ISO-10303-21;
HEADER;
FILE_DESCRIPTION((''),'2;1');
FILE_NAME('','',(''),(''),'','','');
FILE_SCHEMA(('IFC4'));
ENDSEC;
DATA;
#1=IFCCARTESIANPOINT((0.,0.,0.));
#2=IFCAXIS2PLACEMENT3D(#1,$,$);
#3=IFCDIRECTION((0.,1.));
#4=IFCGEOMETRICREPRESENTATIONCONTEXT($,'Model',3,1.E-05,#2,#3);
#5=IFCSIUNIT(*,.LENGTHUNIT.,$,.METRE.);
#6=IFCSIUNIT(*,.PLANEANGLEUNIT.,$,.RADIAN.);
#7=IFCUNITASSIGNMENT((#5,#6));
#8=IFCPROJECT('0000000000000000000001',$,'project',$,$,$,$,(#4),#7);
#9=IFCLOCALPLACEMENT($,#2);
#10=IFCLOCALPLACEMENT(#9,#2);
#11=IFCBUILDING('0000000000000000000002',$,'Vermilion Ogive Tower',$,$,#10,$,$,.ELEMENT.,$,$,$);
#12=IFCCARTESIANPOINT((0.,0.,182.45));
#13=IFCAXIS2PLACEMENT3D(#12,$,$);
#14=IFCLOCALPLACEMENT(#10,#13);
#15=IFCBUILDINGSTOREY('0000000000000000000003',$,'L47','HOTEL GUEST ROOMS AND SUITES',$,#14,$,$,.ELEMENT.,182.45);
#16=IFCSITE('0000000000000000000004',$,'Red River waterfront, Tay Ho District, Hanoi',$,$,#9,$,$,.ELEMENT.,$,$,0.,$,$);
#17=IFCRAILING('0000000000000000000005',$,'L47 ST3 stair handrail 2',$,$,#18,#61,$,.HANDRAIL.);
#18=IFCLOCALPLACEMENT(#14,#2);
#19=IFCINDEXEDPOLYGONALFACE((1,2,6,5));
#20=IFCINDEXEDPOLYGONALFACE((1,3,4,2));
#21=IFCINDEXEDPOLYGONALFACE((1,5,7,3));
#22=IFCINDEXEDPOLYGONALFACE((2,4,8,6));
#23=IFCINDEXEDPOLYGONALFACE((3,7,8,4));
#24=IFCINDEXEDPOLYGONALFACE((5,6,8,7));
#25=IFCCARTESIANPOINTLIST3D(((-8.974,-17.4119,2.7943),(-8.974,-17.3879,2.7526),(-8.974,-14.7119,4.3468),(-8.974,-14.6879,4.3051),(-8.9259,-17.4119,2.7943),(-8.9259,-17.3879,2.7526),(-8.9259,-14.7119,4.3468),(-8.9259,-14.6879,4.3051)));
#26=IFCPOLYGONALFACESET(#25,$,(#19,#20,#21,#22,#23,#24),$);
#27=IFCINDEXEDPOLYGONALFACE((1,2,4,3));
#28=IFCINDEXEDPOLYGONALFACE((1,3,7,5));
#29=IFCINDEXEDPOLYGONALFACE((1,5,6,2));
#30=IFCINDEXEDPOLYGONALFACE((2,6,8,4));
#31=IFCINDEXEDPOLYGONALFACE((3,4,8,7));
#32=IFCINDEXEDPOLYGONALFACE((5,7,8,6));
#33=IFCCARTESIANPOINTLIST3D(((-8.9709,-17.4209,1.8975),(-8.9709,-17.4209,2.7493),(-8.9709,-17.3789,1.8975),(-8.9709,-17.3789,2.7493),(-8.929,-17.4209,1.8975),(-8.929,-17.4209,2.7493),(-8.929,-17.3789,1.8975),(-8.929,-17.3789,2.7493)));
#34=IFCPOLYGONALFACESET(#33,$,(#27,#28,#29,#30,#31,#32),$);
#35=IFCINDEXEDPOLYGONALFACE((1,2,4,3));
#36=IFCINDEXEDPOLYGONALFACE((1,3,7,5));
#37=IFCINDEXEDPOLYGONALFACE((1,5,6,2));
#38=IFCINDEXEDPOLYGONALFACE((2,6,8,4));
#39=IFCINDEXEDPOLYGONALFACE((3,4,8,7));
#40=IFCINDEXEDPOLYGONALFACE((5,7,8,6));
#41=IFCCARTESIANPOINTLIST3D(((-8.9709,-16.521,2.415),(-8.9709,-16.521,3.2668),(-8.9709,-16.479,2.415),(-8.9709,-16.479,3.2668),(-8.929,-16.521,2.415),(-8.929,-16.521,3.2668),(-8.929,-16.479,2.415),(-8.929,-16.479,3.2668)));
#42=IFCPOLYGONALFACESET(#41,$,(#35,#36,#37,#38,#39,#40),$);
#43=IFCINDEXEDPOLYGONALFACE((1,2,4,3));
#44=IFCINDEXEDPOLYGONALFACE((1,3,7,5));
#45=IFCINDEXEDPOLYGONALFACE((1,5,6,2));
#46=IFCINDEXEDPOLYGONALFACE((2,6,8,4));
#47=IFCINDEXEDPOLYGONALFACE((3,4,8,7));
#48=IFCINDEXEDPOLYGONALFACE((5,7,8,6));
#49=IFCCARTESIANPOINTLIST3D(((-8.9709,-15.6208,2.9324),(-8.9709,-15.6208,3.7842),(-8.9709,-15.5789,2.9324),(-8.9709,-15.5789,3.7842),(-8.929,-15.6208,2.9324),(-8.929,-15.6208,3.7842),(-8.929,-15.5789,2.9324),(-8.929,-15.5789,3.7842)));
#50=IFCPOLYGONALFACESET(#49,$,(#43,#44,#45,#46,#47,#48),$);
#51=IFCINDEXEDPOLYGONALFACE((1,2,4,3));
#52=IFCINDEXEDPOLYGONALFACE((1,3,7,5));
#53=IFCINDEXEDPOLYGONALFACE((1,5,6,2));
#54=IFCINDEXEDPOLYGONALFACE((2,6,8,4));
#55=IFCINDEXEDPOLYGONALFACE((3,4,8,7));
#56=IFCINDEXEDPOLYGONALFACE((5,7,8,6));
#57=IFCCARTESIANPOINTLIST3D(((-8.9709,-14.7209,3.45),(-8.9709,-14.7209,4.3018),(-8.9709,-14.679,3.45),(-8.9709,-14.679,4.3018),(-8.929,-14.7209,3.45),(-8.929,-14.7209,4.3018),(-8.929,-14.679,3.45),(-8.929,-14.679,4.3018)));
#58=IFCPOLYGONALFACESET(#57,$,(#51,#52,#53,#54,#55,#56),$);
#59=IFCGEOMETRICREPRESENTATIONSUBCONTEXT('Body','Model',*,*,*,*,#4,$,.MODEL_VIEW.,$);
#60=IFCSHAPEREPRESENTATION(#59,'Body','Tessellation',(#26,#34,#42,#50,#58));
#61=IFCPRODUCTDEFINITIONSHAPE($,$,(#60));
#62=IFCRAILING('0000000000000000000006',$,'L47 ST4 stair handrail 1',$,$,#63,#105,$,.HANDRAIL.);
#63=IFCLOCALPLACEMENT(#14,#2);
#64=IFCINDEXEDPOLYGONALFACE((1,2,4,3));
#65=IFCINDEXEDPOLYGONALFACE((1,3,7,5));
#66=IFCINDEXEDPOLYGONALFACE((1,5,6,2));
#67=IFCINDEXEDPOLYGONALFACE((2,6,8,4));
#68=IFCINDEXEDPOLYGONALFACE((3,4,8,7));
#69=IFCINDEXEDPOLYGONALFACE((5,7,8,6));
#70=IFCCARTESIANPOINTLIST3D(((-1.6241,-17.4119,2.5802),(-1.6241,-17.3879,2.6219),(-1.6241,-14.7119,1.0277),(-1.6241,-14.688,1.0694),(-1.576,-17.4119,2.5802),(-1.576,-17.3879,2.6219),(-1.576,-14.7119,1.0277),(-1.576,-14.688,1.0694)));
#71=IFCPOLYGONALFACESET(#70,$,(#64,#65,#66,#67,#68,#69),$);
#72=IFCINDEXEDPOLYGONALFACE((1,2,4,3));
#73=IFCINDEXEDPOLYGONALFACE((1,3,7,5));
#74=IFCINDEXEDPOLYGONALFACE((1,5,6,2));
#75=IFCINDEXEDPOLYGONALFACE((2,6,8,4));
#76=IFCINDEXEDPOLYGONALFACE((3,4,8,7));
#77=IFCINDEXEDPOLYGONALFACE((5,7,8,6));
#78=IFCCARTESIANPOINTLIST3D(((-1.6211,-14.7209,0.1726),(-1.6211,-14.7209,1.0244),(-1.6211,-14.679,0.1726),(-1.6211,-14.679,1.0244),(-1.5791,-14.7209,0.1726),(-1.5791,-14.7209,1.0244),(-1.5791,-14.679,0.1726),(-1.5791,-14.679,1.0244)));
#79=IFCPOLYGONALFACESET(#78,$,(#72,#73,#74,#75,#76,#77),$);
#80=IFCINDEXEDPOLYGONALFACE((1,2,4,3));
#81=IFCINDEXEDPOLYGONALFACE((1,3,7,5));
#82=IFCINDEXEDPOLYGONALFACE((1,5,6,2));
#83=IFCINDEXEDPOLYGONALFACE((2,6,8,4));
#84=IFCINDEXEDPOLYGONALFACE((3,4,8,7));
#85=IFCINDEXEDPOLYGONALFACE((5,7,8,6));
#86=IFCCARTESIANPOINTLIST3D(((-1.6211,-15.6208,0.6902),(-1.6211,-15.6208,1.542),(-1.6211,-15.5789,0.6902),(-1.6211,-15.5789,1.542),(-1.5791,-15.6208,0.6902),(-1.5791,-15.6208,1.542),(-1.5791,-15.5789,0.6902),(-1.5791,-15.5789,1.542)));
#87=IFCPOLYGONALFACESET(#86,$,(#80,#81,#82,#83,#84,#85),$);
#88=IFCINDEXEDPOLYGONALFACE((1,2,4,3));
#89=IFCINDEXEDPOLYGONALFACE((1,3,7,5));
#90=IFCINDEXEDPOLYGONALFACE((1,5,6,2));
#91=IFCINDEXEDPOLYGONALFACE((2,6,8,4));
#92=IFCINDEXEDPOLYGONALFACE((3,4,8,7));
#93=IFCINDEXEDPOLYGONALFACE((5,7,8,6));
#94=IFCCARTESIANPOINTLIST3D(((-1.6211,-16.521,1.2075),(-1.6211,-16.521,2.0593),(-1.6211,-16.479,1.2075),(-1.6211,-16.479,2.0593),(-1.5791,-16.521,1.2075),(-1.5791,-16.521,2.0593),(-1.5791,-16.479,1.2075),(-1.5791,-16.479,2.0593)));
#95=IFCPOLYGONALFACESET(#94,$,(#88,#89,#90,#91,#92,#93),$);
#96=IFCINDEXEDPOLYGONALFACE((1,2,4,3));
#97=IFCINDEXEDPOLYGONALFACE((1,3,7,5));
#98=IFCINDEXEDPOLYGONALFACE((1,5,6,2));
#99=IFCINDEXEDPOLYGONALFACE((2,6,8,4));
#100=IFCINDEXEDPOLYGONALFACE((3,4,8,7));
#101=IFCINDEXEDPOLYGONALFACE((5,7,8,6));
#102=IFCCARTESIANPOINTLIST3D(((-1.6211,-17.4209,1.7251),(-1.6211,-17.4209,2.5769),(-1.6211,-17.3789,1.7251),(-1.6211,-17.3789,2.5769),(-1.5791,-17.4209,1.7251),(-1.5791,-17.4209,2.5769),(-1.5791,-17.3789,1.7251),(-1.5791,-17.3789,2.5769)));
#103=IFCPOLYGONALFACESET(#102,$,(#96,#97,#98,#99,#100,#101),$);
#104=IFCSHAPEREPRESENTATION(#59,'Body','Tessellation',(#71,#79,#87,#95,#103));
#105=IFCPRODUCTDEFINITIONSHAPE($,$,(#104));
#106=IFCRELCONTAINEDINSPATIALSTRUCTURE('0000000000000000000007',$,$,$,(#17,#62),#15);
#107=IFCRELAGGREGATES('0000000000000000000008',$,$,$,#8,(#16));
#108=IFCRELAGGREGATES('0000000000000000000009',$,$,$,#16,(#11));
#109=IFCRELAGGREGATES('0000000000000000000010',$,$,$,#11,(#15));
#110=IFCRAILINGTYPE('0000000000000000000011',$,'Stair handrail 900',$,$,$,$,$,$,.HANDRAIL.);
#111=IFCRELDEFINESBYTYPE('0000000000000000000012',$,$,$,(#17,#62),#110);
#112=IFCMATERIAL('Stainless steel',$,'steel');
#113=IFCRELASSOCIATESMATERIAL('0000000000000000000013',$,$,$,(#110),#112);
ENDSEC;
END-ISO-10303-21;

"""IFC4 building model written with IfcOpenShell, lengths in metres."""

from ifc_helpers import new_model, si_unit, direction, frame, origin, origin_2d, place, context, subcontext, project, spatial, rectangle, extrude, material, type_object, element, save


model = new_model("IFC4")

# Units and contexts
model_context = context("Model", 3, precision=1e-05, world=origin(), true_north=direction((0.0, 1.0)))
body_context = subcontext(model_context, "Body", "Model", "MODEL_VIEW")
ifc_project = project(units=[si_unit("LENGTHUNIT", "METRE"), si_unit("PLANEANGLEUNIT", "RADIAN")], contexts=[model_context])

# Site, building, storey
site_placement = place(None, origin())
site = spatial("IfcSite", under=ifc_project, at=site_placement, Name="Red River waterfront, Tay Ho District, Hanoi", CompositionType="ELEMENT", RefElevation=0.0)
building_placement = place(site_placement, origin())
building = spatial("IfcBuilding", under=site, at=building_placement, Name="Vermilion Ogive Tower", CompositionType="ELEMENT")
storey_placement = place(building_placement, frame((0.0, 0.0, 182.45)))
storey = spatial("IfcBuildingStorey", under=building, at=storey_placement, Name="L47", Description="HOTEL GUEST ROOMS AND SUITES", CompositionType="ELEMENT", Elevation=182.45)

# Railings
ifc_material_1 = material(Name="Stainless steel", Category="steel")
railing_type = type_object("IfcRailingType", Name="Stair handrail 900", PredefinedType="HANDRAIL", material=ifc_material_1)
railing_1_placement = place(storey_placement, frame((-8.95, -17.3999, 1.8975)))
element("IfcRailing", 1, at=railing_1_placement, inside=storey, type_object=railing_type, Name="L47 ST3 stair handrail 2", PredefinedType="HANDRAIL", context=body_context, shape_type="SweptSolid", body=[
    extrude(rectangle(XDim=0.0481, YDim=0.0481, at=origin_2d()), frame((0.0, 0.0, 0.876), z_axis=(0.0, 0.866904, 0.498476), x_axis=(-1.0, 0.0, 0.0)), (0.0, 0.0, 1.0), 3.1145),
    extrude(rectangle(XDim=0.042, YDim=0.042, at=origin_2d()), origin(), (0.0, 0.0, 1.0), 0.8518),
    extrude(rectangle(XDim=0.042, YDim=0.042, at=origin_2d()), frame((0.0, 0.8999, 0.5176)), (0.0, 0.0, 1.0), 0.8518),
    extrude(rectangle(XDim=0.042, YDim=0.042, at=origin_2d()), frame((0.0, 1.8, 1.0349)), (0.0, 0.0, 1.0), 0.8518),
    extrude(rectangle(XDim=0.042, YDim=0.042, at=origin_2d()), frame((0.0, 2.7, 1.5525)), (0.0, 0.0, 1.0), 0.8518),
])
railing_2_placement = place(storey_placement, frame((-1.6001, -14.7, 0.1726)))
element("IfcRailing", 2, at=railing_2_placement, inside=storey, type_object=railing_type, Name="L47 ST4 stair handrail 1", PredefinedType="HANDRAIL", context=body_context, shape_type="SweptSolid", body=[
    extrude(rectangle(XDim=0.0481, YDim=0.0481, at=origin_2d()), frame((0.0, 0.0, 0.876), z_axis=(0.0, -0.866904, 0.498476), x_axis=(1.0, 0.0, 0.0)), (0.0, 0.0, 1.0), 3.1145),
    extrude(rectangle(XDim=0.042, YDim=0.042, at=origin_2d()), origin(), (0.0, 0.0, 1.0), 0.8518),
    extrude(rectangle(XDim=0.042, YDim=0.042, at=origin_2d()), frame((0.0, -0.8999, 0.5176)), (0.0, 0.0, 1.0), 0.8518),
    extrude(rectangle(XDim=0.042, YDim=0.042, at=origin_2d()), frame((0.0, -1.8, 1.0349)), (0.0, 0.0, 1.0), 0.8518),
    extrude(rectangle(XDim=0.042, YDim=0.042, at=origin_2d()), frame((0.0, -2.7, 1.5525)), (0.0, 0.0, 1.0), 0.8518),
])

save(model, "model.ifc")
